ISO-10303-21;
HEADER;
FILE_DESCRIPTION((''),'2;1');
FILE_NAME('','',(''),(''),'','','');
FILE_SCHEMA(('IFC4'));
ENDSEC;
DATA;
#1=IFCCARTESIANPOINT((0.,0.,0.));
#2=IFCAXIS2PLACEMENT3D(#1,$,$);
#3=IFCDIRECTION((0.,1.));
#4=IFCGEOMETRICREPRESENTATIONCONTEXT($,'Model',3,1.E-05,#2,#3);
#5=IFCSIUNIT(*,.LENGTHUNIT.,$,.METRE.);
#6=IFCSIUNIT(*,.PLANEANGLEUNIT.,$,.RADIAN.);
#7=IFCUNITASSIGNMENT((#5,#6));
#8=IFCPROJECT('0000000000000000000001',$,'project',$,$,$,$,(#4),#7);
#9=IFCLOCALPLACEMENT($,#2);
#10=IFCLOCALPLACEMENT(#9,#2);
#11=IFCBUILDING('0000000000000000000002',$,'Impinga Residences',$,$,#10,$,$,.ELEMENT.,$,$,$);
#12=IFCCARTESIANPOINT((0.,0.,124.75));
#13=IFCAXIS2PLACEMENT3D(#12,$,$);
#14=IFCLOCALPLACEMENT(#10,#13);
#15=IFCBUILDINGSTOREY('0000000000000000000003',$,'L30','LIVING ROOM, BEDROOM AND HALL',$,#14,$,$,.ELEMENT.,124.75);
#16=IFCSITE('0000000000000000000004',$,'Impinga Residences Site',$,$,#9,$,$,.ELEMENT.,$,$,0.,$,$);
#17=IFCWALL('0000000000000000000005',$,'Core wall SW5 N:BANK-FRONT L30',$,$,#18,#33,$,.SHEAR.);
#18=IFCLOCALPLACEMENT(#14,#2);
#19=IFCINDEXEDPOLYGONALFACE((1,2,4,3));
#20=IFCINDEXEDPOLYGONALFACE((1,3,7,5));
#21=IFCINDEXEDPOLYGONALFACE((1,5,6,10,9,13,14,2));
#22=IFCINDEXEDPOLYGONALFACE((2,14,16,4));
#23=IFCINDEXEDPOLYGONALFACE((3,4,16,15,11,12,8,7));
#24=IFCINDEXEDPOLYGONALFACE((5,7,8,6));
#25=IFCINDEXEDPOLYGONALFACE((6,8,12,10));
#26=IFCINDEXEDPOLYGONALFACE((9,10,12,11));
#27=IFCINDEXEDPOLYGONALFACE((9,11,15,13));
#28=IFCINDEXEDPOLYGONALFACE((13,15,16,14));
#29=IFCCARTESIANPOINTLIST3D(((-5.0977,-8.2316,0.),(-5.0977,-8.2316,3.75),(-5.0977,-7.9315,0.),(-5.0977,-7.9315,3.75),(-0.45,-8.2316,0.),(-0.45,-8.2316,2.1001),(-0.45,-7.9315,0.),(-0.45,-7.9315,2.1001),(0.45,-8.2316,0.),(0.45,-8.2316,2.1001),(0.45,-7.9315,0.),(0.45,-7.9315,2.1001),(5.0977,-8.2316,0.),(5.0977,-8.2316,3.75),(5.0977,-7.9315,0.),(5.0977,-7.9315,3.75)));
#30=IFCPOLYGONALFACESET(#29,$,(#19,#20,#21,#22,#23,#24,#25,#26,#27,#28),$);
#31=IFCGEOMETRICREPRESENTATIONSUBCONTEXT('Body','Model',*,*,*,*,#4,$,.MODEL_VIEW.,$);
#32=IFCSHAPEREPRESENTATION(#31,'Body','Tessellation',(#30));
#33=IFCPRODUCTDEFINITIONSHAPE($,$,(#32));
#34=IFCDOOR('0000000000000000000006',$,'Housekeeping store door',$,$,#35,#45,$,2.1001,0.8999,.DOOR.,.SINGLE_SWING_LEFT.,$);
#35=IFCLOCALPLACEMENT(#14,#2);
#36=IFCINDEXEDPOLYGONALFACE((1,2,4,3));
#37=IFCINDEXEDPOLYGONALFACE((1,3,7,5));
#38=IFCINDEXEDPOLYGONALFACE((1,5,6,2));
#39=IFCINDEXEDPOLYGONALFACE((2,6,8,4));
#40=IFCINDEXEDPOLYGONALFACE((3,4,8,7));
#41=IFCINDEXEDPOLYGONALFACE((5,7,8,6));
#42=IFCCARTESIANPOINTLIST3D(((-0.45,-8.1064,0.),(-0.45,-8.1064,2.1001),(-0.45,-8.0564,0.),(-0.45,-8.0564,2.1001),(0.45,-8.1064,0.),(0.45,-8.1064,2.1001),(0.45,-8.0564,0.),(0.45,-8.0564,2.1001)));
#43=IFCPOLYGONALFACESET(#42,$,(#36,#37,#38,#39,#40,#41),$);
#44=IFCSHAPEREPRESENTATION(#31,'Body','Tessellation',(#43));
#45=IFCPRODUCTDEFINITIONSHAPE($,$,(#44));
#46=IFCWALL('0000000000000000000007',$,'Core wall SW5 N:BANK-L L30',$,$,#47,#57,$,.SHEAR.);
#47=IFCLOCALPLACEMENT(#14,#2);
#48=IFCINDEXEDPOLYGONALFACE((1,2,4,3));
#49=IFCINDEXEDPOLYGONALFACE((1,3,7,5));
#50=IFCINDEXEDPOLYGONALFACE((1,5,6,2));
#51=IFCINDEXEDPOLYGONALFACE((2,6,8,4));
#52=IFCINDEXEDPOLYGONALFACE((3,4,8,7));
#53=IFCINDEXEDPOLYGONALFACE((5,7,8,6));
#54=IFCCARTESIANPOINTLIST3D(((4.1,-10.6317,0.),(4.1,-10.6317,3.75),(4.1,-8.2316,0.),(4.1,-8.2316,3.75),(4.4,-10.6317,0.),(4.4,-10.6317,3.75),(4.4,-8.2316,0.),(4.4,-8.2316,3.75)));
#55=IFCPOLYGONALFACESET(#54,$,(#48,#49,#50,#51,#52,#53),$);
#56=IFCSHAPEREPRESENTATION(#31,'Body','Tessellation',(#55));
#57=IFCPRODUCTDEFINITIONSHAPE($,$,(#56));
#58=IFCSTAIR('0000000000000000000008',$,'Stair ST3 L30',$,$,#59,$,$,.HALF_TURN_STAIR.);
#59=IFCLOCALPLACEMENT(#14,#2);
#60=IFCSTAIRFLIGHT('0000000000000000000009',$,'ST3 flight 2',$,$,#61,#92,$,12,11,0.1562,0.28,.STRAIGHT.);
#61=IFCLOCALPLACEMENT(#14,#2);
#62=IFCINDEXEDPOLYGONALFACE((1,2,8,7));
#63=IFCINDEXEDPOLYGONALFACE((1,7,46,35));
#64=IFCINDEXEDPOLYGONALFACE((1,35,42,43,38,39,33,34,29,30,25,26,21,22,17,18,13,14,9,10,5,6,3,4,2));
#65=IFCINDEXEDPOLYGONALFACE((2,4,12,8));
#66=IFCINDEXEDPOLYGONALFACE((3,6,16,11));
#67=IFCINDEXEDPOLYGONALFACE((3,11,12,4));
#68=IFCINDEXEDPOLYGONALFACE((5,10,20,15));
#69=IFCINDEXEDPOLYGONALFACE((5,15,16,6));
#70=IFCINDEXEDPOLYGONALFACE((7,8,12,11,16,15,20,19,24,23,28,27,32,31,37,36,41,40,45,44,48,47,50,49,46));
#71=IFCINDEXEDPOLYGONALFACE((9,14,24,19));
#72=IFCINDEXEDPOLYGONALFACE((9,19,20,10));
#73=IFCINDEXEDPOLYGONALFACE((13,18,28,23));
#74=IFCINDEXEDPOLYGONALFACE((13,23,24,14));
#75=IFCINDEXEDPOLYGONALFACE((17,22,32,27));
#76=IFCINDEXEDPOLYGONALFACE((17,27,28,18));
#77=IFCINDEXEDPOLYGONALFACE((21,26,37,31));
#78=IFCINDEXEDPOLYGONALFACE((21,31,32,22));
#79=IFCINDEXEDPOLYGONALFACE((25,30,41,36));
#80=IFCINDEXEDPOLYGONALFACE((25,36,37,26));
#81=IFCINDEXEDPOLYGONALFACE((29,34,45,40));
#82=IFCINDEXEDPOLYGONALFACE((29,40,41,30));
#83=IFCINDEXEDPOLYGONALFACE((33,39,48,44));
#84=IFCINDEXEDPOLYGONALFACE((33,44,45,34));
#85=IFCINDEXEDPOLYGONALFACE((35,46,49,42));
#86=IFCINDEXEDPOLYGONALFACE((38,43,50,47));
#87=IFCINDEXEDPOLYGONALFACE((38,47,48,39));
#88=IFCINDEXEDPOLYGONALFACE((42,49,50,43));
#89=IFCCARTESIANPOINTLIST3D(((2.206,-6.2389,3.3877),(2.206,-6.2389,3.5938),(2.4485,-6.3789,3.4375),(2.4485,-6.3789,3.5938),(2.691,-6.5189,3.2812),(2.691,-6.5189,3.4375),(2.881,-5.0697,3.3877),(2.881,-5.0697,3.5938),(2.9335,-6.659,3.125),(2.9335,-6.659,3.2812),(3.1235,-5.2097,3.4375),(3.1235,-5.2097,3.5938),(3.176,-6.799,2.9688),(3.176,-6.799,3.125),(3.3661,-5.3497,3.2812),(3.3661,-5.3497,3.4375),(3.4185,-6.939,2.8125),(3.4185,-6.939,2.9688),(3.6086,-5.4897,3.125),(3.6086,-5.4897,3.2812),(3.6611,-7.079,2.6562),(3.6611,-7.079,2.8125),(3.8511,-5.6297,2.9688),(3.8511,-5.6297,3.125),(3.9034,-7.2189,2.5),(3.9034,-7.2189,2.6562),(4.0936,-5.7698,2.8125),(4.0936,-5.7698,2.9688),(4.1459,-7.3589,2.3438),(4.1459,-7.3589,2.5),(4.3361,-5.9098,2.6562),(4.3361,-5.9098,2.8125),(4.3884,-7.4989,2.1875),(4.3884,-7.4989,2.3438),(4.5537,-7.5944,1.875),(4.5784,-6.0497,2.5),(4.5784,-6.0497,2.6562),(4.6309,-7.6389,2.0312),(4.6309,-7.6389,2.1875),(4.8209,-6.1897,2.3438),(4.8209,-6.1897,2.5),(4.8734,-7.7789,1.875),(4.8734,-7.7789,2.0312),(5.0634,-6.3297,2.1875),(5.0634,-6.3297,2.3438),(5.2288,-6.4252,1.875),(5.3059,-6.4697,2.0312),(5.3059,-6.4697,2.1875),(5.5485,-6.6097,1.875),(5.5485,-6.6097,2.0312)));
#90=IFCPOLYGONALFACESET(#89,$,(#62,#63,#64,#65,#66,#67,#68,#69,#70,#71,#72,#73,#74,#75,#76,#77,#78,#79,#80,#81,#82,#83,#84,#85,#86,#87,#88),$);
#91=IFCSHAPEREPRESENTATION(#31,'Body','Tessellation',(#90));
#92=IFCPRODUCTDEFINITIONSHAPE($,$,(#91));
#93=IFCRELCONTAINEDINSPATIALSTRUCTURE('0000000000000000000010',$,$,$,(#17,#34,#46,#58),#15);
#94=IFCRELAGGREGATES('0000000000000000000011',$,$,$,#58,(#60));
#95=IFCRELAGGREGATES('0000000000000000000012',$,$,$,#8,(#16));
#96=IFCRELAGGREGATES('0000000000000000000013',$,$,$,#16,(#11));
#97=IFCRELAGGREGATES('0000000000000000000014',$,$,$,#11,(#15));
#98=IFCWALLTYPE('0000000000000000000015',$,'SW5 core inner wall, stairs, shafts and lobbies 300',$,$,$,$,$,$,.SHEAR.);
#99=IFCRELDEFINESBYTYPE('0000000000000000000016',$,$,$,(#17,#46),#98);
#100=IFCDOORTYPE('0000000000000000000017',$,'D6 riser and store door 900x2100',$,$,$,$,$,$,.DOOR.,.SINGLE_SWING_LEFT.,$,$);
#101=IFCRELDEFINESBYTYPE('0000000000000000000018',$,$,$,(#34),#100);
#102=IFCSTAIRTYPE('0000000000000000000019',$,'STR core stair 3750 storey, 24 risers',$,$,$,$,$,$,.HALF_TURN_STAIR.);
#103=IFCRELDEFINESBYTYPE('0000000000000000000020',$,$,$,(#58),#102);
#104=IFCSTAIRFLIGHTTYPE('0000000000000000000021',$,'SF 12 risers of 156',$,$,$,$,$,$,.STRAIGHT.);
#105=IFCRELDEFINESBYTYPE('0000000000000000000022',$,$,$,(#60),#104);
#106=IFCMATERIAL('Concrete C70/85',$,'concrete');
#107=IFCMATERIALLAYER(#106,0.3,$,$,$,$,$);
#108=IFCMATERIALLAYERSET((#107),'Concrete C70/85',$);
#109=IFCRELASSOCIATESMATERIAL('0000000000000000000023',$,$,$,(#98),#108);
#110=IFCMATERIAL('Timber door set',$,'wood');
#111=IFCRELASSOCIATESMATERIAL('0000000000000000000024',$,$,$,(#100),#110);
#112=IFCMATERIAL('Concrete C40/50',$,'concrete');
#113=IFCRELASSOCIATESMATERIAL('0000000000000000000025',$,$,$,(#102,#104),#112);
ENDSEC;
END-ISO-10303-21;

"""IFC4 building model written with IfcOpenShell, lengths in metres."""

from ifc_helpers import new_model, si_unit, direction, frame, frame_2d, origin, place, context, subcontext, project, spatial, polyline, rectangle, outline, extrude, material, layer, layer_set, type_object, element, fill, aggregate, save


model = new_model("IFC4")

# Units and contexts
model_context = context("Model", 3, precision=1e-05, world=origin(), true_north=direction((0.0, 1.0)))
body_context = subcontext(model_context, "Body", "Model", "MODEL_VIEW")
ifc_project = project(units=[si_unit("LENGTHUNIT", "METRE"), si_unit("PLANEANGLEUNIT", "RADIAN")], contexts=[model_context])

# Site, building, storey
site_placement = place(None, origin())
site = spatial("IfcSite", under=ifc_project, at=site_placement, Name="Impinga Residences Site", CompositionType="ELEMENT", RefElevation=0.0)
building_placement = place(site_placement, origin())
building = spatial("IfcBuilding", under=site, at=building_placement, Name="Impinga Residences", CompositionType="ELEMENT")
storey_placement = place(building_placement, frame((0.0, 0.0, 124.75)))
storey = spatial("IfcBuildingStorey", under=building, at=storey_placement, Name="L30", Description="LIVING ROOM, BEDROOM AND HALL", CompositionType="ELEMENT", Elevation=124.75)

# Shared definitions
ifc_material_1 = material(Name="Timber door set", Category="wood")

# Wall, opening, door
ifc_material_2 = material(Name="Concrete C70/85", Category="concrete")
ifc_layer_1 = layer(ifc_material_2, 0.3)
ifc_layer_set_1 = layer_set([ifc_layer_1], Name="Concrete C70/85")
wall_type_1 = type_object("IfcWallType", Name="SW5 core inner wall, stairs, shafts and lobbies 300", PredefinedType="SHEAR", material=ifc_layer_set_1)
wall_1_placement = place(storey_placement, frame((5.0977, -8.0815, 0.0), z_axis=(0.0, 0.0, 1.0), x_axis=(-1.0, 0.0, 0.0)))
wall_1 = element("IfcWall", 1, at=wall_1_placement, inside=storey, type_object=wall_type_1, Name="Core wall SW5 N:BANK-FRONT L30", PredefinedType="SHEAR", context=body_context, shape_type="SweptSolid", body=[
    extrude(rectangle(XDim=10.1953, YDim=0.3, at=frame_2d((5.0977, 0.0))), origin(), (0.0, 0.0, 1.0), 3.75),
])
opening_1_placement = place(wall_1_placement, frame((4.6477, 0.0, 0.0)))
opening_1 = element("IfcOpeningElement", 2, at=opening_1_placement, cuts=wall_1, PredefinedType="OPENING", context=body_context, shape_type="SweptSolid", body=[
    extrude(rectangle(XDim=0.8999, YDim=2.1001, at=frame_2d((0.45, 1.05))), frame((0.0, 0.1599, 0.0), z_axis=(0.0, -1.0, 0.0), x_axis=(1.0, 0.0, 0.0)), (0.0, 0.0, 1.0), 0.3201),
])
door_type_1 = type_object("IfcDoorType", Name="D6 riser and store door 900x2100", OperationType="SINGLE_SWING_LEFT", PredefinedType="DOOR", material=ifc_material_1)
door_1_placement = place(opening_1_placement, origin())
door_1 = element("IfcDoor", 3, at=door_1_placement, inside=storey, type_object=door_type_1, Name="Housekeeping store door", OperationType="SINGLE_SWING_LEFT", OverallHeight=2.1001, OverallWidth=0.8999, PredefinedType="DOOR", context=body_context, shape_type="SweptSolid", body=[
    extrude(rectangle(XDim=0.8999, YDim=2.1001, at=frame_2d((0.45, 1.05))), frame((0.0, 0.0249, 0.0), z_axis=(0.0, -1.0, 0.0), x_axis=(1.0, 0.0, 0.0)), (0.0, 0.0, 1.0), 0.05),
])
fill(opening_1, door_1)

# Wall
wall_2_placement = place(storey_placement, frame((4.25, -8.2314, 0.0), z_axis=(0.0, 0.0, 1.0), x_axis=(0.0, -1.0, 0.0)))
element("IfcWall", 4, at=wall_2_placement, inside=storey, type_object=wall_type_1, Name="Core wall SW5 N:BANK-L L30", PredefinedType="SHEAR", context=body_context, shape_type="SweptSolid", body=[
    extrude(rectangle(XDim=2.4001, YDim=0.3, at=frame_2d((1.2002, 0.0))), origin(), (0.0, 0.0, 1.0), 3.75),
])

# Stair, stair flight
ifc_material_3 = material(Name="Concrete C40/50", Category="concrete")
stair_type = type_object("IfcStairType", Name="STR core stair 3750 storey, 24 risers", PredefinedType="HALF_TURN_STAIR", material=ifc_material_3)
stair_placement = place(storey_placement, origin())
stair = element("IfcStair", 5, at=stair_placement, inside=storey, type_object=stair_type, Name="Stair ST3 L30", PredefinedType="HALF_TURN_STAIR")
stair_flight_type = type_object("IfcStairFlightType", Name="SF 12 risers of 156", PredefinedType="STRAIGHT", material=ifc_material_3)
stair_flight_placement = place(storey_placement, frame((5.2109, -7.1943, 1.875), z_axis=(0.0, 0.0, 1.0), x_axis=(-0.866025, 0.5, 0.0)))
stair_flight = element("IfcStairFlight", 6, at=stair_flight_placement, type_object=stair_flight_type, Name="ST3 flight 2", NumberOfRisers=12, NumberOfTreads=11, PredefinedType="STRAIGHT", RiserHeight=0.1562, TreadLength=0.28, context=body_context, shape_type="SweptSolid", body=[
    extrude(outline(polyline([(0.0, 0.0), (0.0, 0.1562), (0.28, 0.1562), (0.28, 0.3125), (0.5601, 0.3125), (0.5601, 0.4688), (0.8401, 0.4688), (0.8401, 0.625), (1.1201, 0.625), (1.1201, 0.7812), (1.3999, 0.7812), (1.3999, 0.9375), (1.6799, 0.9375), (1.6799, 1.0938), (1.96, 1.0938), (1.96, 1.25), (2.24, 1.25), (2.24, 1.4062), (2.52, 1.4062), (2.52, 1.5625), (2.8, 1.5625), (2.8, 1.7188), (3.0801, 1.7188), (3.0801, 1.875), (3.0801, 1.5127), (0.3691, 0.0), (0.0, 0.0)])), frame((0.0, 0.675, 0.0), z_axis=(0.0, -1.0, 0.0), x_axis=(1.0, 0.0, 0.0)), (0.0, 0.0, 1.0), 1.3501),
])
aggregate(stair, [stair_flight])

save(model, "model.ifc")
